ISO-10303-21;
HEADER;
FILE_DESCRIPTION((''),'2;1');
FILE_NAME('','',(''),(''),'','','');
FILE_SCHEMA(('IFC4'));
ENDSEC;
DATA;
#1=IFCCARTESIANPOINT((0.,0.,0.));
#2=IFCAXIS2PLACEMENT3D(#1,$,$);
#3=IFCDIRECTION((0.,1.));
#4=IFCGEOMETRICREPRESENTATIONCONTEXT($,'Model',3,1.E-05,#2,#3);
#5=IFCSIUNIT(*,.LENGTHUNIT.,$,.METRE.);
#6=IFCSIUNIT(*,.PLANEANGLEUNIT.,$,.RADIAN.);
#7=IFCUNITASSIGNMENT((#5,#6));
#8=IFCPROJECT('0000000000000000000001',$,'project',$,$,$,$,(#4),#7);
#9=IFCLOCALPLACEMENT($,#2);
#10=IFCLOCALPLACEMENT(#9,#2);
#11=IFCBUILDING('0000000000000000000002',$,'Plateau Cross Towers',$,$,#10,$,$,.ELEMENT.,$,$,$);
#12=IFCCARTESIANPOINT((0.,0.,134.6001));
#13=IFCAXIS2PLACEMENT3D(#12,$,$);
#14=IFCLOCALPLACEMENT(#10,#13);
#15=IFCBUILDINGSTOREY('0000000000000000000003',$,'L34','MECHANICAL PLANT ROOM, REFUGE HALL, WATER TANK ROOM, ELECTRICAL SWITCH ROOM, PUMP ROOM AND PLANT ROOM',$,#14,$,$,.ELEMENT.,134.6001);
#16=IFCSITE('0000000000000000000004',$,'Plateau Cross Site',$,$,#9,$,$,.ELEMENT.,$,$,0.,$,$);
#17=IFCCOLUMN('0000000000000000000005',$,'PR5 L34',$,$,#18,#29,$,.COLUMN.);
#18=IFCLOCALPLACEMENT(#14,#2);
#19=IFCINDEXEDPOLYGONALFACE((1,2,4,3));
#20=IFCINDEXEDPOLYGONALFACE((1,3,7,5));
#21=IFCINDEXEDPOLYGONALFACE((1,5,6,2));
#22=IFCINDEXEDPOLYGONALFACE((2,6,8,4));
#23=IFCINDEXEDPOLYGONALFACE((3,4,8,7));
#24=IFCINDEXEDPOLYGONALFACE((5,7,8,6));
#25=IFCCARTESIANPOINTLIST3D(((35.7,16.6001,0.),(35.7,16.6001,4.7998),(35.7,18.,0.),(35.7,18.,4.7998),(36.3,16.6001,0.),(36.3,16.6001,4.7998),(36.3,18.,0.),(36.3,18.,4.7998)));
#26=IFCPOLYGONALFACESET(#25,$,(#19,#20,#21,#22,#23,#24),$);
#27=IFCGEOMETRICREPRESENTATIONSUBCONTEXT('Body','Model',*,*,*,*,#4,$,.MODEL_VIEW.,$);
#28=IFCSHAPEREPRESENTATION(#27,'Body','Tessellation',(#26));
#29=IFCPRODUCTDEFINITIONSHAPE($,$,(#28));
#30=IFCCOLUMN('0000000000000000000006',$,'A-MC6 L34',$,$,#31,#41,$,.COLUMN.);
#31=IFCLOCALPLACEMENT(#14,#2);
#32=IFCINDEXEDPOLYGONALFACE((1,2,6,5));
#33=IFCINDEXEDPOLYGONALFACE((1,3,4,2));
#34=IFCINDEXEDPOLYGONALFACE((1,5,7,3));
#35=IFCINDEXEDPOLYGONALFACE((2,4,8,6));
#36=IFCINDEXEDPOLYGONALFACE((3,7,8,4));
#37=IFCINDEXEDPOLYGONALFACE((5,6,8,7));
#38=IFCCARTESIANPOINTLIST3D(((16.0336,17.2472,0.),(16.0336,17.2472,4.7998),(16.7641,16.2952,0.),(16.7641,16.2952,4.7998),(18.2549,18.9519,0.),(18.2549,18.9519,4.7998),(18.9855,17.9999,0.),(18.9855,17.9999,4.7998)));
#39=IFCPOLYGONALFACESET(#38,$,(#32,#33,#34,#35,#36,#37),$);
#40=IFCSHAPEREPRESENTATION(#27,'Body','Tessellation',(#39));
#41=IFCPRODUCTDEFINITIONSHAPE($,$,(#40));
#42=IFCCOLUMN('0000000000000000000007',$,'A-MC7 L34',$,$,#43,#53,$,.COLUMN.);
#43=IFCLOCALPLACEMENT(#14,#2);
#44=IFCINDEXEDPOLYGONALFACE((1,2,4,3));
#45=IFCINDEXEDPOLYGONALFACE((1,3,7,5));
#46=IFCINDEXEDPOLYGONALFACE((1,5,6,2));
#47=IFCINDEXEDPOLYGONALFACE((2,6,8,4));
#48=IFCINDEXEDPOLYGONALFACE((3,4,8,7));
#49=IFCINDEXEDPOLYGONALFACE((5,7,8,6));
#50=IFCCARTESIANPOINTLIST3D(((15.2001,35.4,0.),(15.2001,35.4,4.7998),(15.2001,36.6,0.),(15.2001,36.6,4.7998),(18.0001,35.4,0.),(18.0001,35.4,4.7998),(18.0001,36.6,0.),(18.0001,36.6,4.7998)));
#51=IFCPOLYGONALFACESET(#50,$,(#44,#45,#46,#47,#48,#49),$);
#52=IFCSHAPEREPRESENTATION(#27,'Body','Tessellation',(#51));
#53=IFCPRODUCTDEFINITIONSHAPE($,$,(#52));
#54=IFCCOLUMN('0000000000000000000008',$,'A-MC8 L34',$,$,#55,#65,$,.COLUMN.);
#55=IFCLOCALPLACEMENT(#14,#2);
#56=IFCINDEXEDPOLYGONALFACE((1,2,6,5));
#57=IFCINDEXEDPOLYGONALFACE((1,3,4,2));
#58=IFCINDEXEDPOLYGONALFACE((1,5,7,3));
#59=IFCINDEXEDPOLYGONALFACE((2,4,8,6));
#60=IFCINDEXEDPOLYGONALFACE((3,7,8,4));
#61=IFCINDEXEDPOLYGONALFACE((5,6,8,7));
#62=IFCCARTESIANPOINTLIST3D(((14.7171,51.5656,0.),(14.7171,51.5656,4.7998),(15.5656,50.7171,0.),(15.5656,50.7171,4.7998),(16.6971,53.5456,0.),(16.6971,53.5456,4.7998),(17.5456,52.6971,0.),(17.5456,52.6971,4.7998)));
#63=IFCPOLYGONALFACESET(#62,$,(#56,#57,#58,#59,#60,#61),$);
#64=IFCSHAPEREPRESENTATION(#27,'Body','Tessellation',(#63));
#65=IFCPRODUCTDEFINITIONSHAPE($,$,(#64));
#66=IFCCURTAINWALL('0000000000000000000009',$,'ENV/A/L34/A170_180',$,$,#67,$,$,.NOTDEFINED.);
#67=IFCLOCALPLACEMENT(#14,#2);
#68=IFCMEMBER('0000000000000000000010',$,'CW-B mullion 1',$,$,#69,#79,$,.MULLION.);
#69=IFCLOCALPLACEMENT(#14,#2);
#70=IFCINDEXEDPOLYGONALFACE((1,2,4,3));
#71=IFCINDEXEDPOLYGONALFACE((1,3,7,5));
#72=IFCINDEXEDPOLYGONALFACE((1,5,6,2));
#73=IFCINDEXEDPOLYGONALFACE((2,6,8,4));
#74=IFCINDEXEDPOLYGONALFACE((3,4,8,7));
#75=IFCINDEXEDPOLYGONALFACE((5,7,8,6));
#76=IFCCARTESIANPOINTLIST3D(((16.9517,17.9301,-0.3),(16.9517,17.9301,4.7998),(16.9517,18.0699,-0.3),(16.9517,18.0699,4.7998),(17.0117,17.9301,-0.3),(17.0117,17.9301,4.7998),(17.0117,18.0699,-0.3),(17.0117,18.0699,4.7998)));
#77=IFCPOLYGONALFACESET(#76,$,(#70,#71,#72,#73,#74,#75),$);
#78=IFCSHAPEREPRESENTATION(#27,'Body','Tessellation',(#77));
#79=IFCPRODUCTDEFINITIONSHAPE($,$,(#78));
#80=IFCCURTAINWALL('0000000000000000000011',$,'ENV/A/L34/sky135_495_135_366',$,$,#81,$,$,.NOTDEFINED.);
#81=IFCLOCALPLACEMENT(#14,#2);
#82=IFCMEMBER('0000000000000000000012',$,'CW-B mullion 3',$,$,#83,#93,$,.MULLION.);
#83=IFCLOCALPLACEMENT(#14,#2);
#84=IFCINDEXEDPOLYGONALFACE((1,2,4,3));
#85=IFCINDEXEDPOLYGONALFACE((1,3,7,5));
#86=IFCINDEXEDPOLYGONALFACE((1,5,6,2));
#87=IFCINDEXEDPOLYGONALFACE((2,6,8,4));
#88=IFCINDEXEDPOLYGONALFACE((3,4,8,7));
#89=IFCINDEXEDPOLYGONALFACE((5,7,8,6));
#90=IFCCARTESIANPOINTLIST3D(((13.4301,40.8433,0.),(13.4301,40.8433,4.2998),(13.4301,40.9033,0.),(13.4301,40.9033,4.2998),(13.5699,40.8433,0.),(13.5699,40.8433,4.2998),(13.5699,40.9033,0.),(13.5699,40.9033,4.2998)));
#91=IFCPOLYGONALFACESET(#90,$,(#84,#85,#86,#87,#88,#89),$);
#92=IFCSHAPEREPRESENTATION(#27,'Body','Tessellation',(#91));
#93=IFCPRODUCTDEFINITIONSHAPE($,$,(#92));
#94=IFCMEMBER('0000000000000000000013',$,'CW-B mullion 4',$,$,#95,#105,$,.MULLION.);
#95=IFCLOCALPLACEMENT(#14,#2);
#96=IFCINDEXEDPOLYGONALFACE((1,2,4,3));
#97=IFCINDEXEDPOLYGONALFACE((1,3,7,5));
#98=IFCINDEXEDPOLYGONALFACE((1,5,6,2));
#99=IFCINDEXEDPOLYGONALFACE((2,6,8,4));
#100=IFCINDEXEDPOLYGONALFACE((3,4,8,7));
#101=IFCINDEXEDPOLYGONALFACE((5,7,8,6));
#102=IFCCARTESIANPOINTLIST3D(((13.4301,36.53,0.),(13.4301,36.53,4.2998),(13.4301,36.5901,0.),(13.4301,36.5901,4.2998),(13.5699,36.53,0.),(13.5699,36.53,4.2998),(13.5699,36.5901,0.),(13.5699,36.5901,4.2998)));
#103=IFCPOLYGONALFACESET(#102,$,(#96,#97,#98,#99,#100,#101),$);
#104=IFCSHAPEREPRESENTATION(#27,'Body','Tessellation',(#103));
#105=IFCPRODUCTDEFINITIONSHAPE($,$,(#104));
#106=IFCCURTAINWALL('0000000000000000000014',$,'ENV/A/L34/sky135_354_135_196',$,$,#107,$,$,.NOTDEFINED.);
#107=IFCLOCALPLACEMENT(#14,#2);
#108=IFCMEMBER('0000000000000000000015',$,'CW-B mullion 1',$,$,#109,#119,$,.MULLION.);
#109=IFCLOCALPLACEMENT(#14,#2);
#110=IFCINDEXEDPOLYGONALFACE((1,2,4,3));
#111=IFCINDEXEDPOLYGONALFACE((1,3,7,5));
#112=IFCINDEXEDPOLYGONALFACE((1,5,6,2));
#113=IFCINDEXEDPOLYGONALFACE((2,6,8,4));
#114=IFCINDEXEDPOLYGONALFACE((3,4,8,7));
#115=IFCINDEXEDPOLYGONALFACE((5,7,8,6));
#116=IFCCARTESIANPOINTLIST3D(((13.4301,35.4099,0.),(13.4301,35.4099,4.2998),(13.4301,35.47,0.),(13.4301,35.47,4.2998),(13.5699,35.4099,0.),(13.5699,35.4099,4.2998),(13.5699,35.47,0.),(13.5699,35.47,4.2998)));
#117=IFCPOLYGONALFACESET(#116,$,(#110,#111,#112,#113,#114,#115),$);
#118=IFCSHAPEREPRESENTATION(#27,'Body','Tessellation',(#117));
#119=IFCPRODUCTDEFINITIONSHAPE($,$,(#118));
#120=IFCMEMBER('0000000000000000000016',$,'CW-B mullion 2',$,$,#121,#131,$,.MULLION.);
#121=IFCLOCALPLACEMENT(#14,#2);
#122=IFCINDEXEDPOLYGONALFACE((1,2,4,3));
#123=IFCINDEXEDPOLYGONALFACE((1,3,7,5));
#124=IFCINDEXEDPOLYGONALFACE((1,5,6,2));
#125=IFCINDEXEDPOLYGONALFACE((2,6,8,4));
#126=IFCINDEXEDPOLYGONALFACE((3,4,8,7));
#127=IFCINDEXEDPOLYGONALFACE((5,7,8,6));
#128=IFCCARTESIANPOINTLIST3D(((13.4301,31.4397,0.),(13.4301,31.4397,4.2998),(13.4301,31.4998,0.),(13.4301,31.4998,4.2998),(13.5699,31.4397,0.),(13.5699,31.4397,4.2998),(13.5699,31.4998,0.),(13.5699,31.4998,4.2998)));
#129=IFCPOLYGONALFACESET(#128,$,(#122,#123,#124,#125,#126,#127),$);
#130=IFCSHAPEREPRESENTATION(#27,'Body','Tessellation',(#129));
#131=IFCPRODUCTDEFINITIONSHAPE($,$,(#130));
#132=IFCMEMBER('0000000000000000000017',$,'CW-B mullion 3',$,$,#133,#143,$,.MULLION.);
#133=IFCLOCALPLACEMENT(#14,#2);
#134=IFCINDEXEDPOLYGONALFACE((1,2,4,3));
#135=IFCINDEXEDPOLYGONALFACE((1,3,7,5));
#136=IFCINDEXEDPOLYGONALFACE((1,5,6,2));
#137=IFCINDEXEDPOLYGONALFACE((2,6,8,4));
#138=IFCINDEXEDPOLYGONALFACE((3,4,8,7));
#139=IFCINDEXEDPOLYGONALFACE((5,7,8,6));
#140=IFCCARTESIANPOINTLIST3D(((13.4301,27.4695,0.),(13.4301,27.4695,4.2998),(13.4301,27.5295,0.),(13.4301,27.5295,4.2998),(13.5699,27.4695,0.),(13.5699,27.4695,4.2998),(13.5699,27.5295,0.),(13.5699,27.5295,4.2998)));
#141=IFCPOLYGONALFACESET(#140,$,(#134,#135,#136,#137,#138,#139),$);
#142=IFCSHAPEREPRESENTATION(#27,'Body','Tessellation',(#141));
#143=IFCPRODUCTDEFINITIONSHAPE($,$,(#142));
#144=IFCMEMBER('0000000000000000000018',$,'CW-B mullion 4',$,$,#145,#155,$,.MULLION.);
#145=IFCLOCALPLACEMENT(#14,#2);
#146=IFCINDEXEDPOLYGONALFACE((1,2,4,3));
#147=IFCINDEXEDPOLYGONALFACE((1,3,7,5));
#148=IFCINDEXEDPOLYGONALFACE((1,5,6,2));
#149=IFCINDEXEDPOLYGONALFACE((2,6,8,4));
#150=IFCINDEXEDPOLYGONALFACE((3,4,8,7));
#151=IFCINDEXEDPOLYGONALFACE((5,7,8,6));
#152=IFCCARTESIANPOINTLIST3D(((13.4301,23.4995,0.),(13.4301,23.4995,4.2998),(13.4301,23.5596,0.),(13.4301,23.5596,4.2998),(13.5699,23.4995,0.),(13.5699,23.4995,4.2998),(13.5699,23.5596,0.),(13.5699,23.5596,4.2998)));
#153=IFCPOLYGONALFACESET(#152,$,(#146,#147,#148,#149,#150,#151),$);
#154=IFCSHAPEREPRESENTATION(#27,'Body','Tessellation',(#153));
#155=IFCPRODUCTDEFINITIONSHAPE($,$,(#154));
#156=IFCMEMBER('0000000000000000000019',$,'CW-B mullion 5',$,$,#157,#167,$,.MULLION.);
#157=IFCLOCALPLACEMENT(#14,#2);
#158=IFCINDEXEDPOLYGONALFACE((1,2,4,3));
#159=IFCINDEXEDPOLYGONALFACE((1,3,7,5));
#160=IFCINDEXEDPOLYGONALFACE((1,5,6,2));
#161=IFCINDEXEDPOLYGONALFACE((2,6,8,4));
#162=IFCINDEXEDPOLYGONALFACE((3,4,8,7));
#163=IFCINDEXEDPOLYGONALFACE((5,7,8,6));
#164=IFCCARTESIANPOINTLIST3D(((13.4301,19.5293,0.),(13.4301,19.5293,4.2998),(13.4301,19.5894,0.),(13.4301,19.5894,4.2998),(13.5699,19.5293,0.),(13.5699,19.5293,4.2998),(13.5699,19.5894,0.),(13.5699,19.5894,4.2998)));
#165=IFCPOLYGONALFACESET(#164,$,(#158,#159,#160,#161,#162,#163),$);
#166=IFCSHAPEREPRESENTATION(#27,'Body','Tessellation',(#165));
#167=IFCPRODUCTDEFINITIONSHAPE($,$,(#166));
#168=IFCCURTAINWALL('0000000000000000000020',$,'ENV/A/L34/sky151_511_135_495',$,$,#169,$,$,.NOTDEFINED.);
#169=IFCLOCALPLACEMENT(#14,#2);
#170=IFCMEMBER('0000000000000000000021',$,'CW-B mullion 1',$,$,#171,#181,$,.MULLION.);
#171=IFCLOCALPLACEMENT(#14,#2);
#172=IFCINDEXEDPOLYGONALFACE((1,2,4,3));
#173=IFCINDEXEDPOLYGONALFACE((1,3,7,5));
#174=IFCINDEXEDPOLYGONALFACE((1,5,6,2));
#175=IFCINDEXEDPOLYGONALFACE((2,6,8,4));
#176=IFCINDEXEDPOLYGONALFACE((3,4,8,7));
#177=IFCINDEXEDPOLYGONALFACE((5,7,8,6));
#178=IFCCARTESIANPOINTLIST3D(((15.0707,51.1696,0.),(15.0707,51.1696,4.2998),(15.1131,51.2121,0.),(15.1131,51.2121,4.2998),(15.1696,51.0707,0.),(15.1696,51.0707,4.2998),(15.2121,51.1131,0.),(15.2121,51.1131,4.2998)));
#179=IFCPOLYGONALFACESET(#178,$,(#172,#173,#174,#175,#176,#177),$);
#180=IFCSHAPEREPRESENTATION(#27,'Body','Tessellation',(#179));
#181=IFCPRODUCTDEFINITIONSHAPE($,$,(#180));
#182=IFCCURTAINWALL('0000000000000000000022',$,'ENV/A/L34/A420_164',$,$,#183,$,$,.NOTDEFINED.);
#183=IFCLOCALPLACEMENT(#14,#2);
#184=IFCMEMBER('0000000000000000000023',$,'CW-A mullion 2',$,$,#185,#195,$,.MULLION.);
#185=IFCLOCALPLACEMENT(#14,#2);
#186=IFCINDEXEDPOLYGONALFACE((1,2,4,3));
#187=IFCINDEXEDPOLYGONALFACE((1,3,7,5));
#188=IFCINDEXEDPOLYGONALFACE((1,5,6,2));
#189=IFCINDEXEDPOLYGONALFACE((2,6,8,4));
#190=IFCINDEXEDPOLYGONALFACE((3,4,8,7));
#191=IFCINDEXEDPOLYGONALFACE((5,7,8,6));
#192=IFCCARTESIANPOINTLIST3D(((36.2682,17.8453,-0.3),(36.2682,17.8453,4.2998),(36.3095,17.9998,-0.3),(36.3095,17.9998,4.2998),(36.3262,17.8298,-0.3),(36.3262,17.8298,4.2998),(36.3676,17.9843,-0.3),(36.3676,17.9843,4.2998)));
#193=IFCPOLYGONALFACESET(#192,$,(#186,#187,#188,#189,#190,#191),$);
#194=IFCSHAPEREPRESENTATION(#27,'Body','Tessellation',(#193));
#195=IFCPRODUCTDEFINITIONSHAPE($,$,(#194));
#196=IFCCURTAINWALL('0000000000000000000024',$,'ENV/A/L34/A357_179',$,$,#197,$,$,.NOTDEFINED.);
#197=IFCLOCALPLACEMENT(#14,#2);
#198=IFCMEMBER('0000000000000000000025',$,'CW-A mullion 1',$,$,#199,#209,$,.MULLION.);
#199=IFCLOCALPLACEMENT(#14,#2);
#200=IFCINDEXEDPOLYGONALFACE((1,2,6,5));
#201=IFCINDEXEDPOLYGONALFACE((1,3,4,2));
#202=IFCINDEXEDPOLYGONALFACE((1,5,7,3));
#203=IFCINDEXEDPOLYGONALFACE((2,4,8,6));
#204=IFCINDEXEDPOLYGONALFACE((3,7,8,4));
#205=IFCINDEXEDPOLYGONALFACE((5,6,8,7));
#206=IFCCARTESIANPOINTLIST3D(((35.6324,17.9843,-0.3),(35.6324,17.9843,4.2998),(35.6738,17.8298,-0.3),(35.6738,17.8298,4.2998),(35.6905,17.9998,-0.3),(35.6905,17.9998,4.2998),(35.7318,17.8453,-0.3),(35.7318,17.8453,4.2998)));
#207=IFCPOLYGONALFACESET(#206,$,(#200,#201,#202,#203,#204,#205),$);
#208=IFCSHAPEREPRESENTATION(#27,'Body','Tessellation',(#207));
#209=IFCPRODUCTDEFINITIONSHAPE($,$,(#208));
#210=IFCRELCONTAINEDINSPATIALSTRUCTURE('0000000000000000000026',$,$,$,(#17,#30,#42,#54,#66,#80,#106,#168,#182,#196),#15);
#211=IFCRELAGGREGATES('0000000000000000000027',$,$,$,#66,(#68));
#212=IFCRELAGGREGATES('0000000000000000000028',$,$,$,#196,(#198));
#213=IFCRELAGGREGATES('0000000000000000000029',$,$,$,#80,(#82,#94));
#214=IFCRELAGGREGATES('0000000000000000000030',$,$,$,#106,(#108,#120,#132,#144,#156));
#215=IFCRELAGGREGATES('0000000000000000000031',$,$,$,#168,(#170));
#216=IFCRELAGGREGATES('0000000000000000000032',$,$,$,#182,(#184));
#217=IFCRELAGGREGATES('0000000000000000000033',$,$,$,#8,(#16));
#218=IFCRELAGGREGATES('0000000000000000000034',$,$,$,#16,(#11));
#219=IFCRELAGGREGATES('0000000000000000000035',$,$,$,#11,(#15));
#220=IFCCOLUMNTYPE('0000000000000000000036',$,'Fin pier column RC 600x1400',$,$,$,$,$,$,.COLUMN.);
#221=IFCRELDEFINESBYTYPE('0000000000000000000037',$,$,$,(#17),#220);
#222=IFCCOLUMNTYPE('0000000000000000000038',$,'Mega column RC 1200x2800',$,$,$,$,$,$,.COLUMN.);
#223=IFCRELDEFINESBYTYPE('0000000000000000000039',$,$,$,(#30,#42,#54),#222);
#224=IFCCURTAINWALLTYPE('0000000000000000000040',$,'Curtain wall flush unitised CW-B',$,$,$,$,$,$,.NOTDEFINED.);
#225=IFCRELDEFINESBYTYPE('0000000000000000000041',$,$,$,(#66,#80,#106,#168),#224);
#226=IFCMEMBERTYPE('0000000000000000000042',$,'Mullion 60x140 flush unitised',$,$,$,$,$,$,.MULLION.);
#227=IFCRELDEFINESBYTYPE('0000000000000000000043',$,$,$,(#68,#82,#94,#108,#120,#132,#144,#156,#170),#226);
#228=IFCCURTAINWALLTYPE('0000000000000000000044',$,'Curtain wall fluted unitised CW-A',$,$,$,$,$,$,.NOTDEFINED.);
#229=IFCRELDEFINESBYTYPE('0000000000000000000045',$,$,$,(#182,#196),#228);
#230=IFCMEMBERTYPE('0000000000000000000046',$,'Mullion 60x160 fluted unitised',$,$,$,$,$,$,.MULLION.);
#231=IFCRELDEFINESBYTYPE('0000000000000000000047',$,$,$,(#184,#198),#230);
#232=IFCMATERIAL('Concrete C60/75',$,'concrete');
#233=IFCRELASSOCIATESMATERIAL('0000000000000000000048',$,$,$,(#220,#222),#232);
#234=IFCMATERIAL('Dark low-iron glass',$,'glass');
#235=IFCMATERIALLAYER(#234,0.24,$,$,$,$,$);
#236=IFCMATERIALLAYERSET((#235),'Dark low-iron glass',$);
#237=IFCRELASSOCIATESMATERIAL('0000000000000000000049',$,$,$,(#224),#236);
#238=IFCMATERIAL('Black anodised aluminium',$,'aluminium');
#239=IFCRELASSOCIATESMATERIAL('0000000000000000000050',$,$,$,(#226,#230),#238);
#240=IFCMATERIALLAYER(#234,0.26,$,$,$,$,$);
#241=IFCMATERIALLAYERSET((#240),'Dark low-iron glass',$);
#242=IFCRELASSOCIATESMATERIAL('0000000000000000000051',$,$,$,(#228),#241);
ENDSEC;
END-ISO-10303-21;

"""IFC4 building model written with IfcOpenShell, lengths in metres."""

from ifc_helpers import new_model, si_unit, direction, frame, origin, origin_2d, place, context, subcontext, project, spatial, rectangle, extrude, material, layer, layer_set, material_profile, profile_set, type_object, element, aggregate, save


model = new_model("IFC4")

# Units and contexts
model_context = context("Model", 3, precision=1e-05, world=origin(), true_north=direction((0.0, 1.0)))
body_context = subcontext(model_context, "Body", "Model", "MODEL_VIEW")
ifc_project = project(units=[si_unit("LENGTHUNIT", "METRE"), si_unit("PLANEANGLEUNIT", "RADIAN")], contexts=[model_context])

# Site, building, storey
site_placement = place(None, origin())
site = spatial("IfcSite", under=ifc_project, at=site_placement, Name="Plateau Cross Site", CompositionType="ELEMENT", RefElevation=0.0)
building_placement = place(site_placement, origin())
building = spatial("IfcBuilding", under=site, at=building_placement, Name="Plateau Cross Towers", CompositionType="ELEMENT")
storey_placement = place(building_placement, frame((0.0, 0.0, 134.6001)))
storey = spatial("IfcBuildingStorey", under=building, at=storey_placement, Name="L34", Description="MECHANICAL PLANT ROOM, REFUGE HALL, WATER TANK ROOM, ELECTRICAL SWITCH ROOM, PUMP ROOM AND PLANT ROOM", CompositionType="ELEMENT", Elevation=134.6001)

# Columns
ifc_material_1 = material(Name="Concrete C60/75", Category="concrete")
ifc_material_profile_1 = material_profile(ifc_material_1, rectangle(XDim=0.6001, YDim=1.3999, at=origin_2d()), Name="RC 600x1400")
ifc_profile_set_1 = profile_set([ifc_material_profile_1], Name="Concrete C60/75")
column_type_1 = type_object("IfcColumnType", Name="Fin pier column RC 600x1400", PredefinedType="COLUMN", material=ifc_profile_set_1)
column_placement = place(storey_placement, frame((36.0, 17.3, 0.0), z_axis=(0.0, 0.0, 1.0), x_axis=(1.0, 0.0, 0.0)))
element("IfcColumn", 1, at=column_placement, inside=storey, type_object=column_type_1, Name="PR5 L34", PredefinedType="COLUMN", context=body_context, shape_type="SweptSolid", body=[
    extrude(rectangle(XDim=0.6001, YDim=1.3999, at=origin_2d()), origin(), (0.0, 0.0, 1.0), 4.7998),
])
ifc_material_profile_2 = material_profile(ifc_material_1, rectangle(XDim=1.2, YDim=2.8, at=origin_2d()), Name="RC 1200x2800")
ifc_profile_set_2 = profile_set([ifc_material_profile_2], Name="Concrete C60/75")
column_type_2 = type_object("IfcColumnType", Name="Mega column RC 1200x2800", PredefinedType="COLUMN", material=ifc_profile_set_2)
for number, where, z_axis, x_axis, name in (
    (2, (17.5095, 17.6235, 0.0), (0.0, 0.0, 1.0), (-0.608811, 0.793315, 0.0), "A-MC6 L34"),
    (3, (16.6001, 36.0, 0.0), (0.0, 0.0, 1.0), (0.0, 1.0, 0.0), "A-MC7 L34"),
    (4, (16.1313, 52.1313, 0.0), (0.0, 0.0, 1.0), (-0.707107, 0.707107, 0.0), "A-MC8 L34"),
):
    element("IfcColumn", number, at=place(storey_placement, frame(where, z_axis=z_axis, x_axis=x_axis)), inside=storey, type_object=column_type_2, Name=name, PredefinedType="COLUMN", context=body_context, shape_type="SweptSolid", body=[
        extrude(rectangle(XDim=1.2, YDim=2.8, at=origin_2d()), origin(), (0.0, 0.0, 1.0), 4.7998),
    ])

# Curtain wall, member
ifc_material_2 = material(Name="Dark low-iron glass", Category="glass")
ifc_layer_1 = layer(ifc_material_2, 0.24)
ifc_layer_set_1 = layer_set([ifc_layer_1], Name="Dark low-iron glass")
curtain_wall_type_1 = type_object("IfcCurtainWallType", Name="Curtain wall flush unitised CW-B", PredefinedType="NOTDEFINED", material=ifc_layer_set_1)
curtain_wall_1_placement = place(storey_placement, origin())
curtain_wall_1 = element("IfcCurtainWall", 5, at=curtain_wall_1_placement, inside=storey, type_object=curtain_wall_type_1, Name="ENV/A/L34/A170_180", PredefinedType="NOTDEFINED")
ifc_material_3 = material(Name="Black anodised aluminium", Category="aluminium")
ifc_material_profile_3 = material_profile(ifc_material_3, rectangle(XDim=0.0601, YDim=0.1399, at=origin_2d()), Name="MULLION 60x140")
ifc_profile_set_3 = profile_set([ifc_material_profile_3], Name="Black anodised aluminium")
member_type_1 = type_object("IfcMemberType", Name="Mullion 60x140 flush unitised", PredefinedType="MULLION", material=ifc_profile_set_3)
member_1_placement = place(storey_placement, frame((16.9817, 18.0, -0.3), z_axis=(0.0, 0.0, 1.0), x_axis=(-1.0, 0.0, 0.0)))
member_1 = element("IfcMember", 6, at=member_1_placement, type_object=member_type_1, Name="CW-B mullion 1", PredefinedType="MULLION", context=body_context, shape_type="SweptSolid", body=[
    extrude(rectangle(XDim=0.0601, YDim=0.1399, at=origin_2d()), origin(), (0.0, 0.0, 1.0), 5.0999),
])

# Curtain walls, members
curtain_wall_2_placement = place(storey_placement, origin())
curtain_wall_2 = element("IfcCurtainWall", 7, at=curtain_wall_2_placement, inside=storey, type_object=curtain_wall_type_1, Name="ENV/A/L34/sky135_495_135_366", PredefinedType="NOTDEFINED")
member_2_placement = place(storey_placement, frame((13.5, 40.8733, 0.0), z_axis=(0.0, 0.0, 1.0), x_axis=(0.0, -1.0, 0.0)))
member_2 = element("IfcMember", 8, at=member_2_placement, type_object=member_type_1, Name="CW-B mullion 3", PredefinedType="MULLION", context=body_context, shape_type="SweptSolid", body=[
    extrude(rectangle(XDim=0.0601, YDim=0.1399, at=origin_2d()), origin(), (0.0, 0.0, 1.0), 4.2998),
])
member_3_placement = place(storey_placement, frame((13.5, 36.5601, 0.0), z_axis=(0.0, 0.0, 1.0), x_axis=(0.0, -1.0, 0.0)))
member_3 = element("IfcMember", 9, at=member_3_placement, type_object=member_type_1, Name="CW-B mullion 4", PredefinedType="MULLION", context=body_context, shape_type="SweptSolid", body=[
    extrude(rectangle(XDim=0.0601, YDim=0.1399, at=origin_2d()), origin(), (0.0, 0.0, 1.0), 4.2998),
])
curtain_wall_3_placement = place(storey_placement, origin())
curtain_wall_3 = element("IfcCurtainWall", 10, at=curtain_wall_3_placement, inside=storey, type_object=curtain_wall_type_1, Name="ENV/A/L34/sky135_354_135_196", PredefinedType="NOTDEFINED")
member_4_placement = place(storey_placement, frame((13.5, 35.4399, 0.0), z_axis=(0.0, 0.0, 1.0), x_axis=(0.0, -1.0, 0.0)))
member_4 = element("IfcMember", 11, at=member_4_placement, type_object=member_type_1, Name="CW-B mullion 1", PredefinedType="MULLION", context=body_context, shape_type="SweptSolid", body=[
    extrude(rectangle(XDim=0.0601, YDim=0.1399, at=origin_2d()), origin(), (0.0, 0.0, 1.0), 4.2998),
])
member_5_placement = place(storey_placement, frame((13.5, 31.4697, 0.0), z_axis=(0.0, 0.0, 1.0), x_axis=(0.0, -1.0, 0.0)))
member_5 = element("IfcMember", 12, at=member_5_placement, type_object=member_type_1, Name="CW-B mullion 2", PredefinedType="MULLION", context=body_context, shape_type="SweptSolid", body=[
    extrude(rectangle(XDim=0.0601, YDim=0.1399, at=origin_2d()), origin(), (0.0, 0.0, 1.0), 4.2998),
])
member_6_placement = place(storey_placement, frame((13.5, 27.4995, 0.0), z_axis=(0.0, 0.0, 1.0), x_axis=(0.0, -1.0, 0.0)))
member_6 = element("IfcMember", 13, at=member_6_placement, type_object=member_type_1, Name="CW-B mullion 3", PredefinedType="MULLION", context=body_context, shape_type="SweptSolid", body=[
    extrude(rectangle(XDim=0.0601, YDim=0.1399, at=origin_2d()), origin(), (0.0, 0.0, 1.0), 4.2998),
])
member_7_placement = place(storey_placement, frame((13.5, 23.5295, 0.0), z_axis=(0.0, 0.0, 1.0), x_axis=(0.0, -1.0, 0.0)))
member_7 = element("IfcMember", 14, at=member_7_placement, type_object=member_type_1, Name="CW-B mullion 4", PredefinedType="MULLION", context=body_context, shape_type="SweptSolid", body=[
    extrude(rectangle(XDim=0.0601, YDim=0.1399, at=origin_2d()), origin(), (0.0, 0.0, 1.0), 4.2998),
])
member_8_placement = place(storey_placement, frame((13.5, 19.5593, 0.0), z_axis=(0.0, 0.0, 1.0), x_axis=(0.0, -1.0, 0.0)))
member_8 = element("IfcMember", 15, at=member_8_placement, type_object=member_type_1, Name="CW-B mullion 5", PredefinedType="MULLION", context=body_context, shape_type="SweptSolid", body=[
    extrude(rectangle(XDim=0.0601, YDim=0.1399, at=origin_2d()), origin(), (0.0, 0.0, 1.0), 4.2998),
])

# Curtain walls, members
curtain_wall_4_placement = place(storey_placement, origin())
curtain_wall_4 = element("IfcCurtainWall", 16, at=curtain_wall_4_placement, inside=storey, type_object=curtain_wall_type_1, Name="ENV/A/L34/sky151_511_135_495", PredefinedType="NOTDEFINED")
member_9_placement = place(storey_placement, frame((15.1414, 51.1414, 0.0), z_axis=(0.0, 0.0, 1.0), x_axis=(-0.707107, -0.707107, 0.0)))
member_9 = element("IfcMember", 17, at=member_9_placement, type_object=member_type_1, Name="CW-B mullion 1", PredefinedType="MULLION", context=body_context, shape_type="SweptSolid", body=[
    extrude(rectangle(XDim=0.0601, YDim=0.1399, at=origin_2d()), origin(), (0.0, 0.0, 1.0), 4.2998),
])
ifc_layer_2 = layer(ifc_material_2, 0.26)
ifc_layer_set_2 = layer_set([ifc_layer_2], Name="Dark low-iron glass")
curtain_wall_type_2 = type_object("IfcCurtainWallType", Name="Curtain wall fluted unitised CW-A", PredefinedType="NOTDEFINED", material=ifc_layer_set_2)
curtain_wall_5_placement = place(storey_placement, origin())
curtain_wall_5 = element("IfcCurtainWall", 18, at=curtain_wall_5_placement, inside=storey, type_object=curtain_wall_type_2, Name="ENV/A/L34/A420_164", PredefinedType="NOTDEFINED")
ifc_material_profile_4 = material_profile(ifc_material_3, rectangle(XDim=0.0601, YDim=0.1599, at=origin_2d()), Name="MULLION 60x160")
ifc_profile_set_4 = profile_set([ifc_material_profile_4], Name="Black anodised aluminium")
member_type_2 = type_object("IfcMemberType", Name="Mullion 60x160 fluted unitised", PredefinedType="MULLION", material=ifc_profile_set_4)
member_10_placement = place(storey_placement, frame((36.3179, 17.9148, -0.3), z_axis=(0.0, 0.0, 1.0), x_axis=(-0.965958, 0.258699, 0.0)))
member_10 = element("IfcMember", 19, at=member_10_placement, type_object=member_type_2, Name="CW-A mullion 2", PredefinedType="MULLION", context=body_context, shape_type="SweptSolid", body=[
    extrude(rectangle(XDim=0.0601, YDim=0.1599, at=origin_2d()), origin(), (0.0, 0.0, 1.0), 4.5999),
])
curtain_wall_6_placement = place(storey_placement, origin())
curtain_wall_6 = element("IfcCurtainWall", 20, at=curtain_wall_6_placement, inside=storey, type_object=curtain_wall_type_2, Name="ENV/A/L34/A357_179", PredefinedType="NOTDEFINED")
member_11_placement = place(storey_placement, frame((35.6821, 17.9148, -0.3), z_axis=(0.0, 0.0, 1.0), x_axis=(-0.965958, -0.258699, 0.0)))
member_11 = element("IfcMember", 21, at=member_11_placement, type_object=member_type_2, Name="CW-A mullion 1", PredefinedType="MULLION", context=body_context, shape_type="SweptSolid", body=[
    extrude(rectangle(XDim=0.0601, YDim=0.1599, at=origin_2d()), origin(), (0.0, 0.0, 1.0), 4.5999),
])

aggregate(curtain_wall_1, [member_1])
aggregate(curtain_wall_6, [member_11])

aggregate(curtain_wall_2, [member_2, member_3])
aggregate(curtain_wall_3, [member_4, member_5, member_6, member_7, member_8])
aggregate(curtain_wall_4, [member_9])
aggregate(curtain_wall_5, [member_10])

save(model, "model.ifc")
